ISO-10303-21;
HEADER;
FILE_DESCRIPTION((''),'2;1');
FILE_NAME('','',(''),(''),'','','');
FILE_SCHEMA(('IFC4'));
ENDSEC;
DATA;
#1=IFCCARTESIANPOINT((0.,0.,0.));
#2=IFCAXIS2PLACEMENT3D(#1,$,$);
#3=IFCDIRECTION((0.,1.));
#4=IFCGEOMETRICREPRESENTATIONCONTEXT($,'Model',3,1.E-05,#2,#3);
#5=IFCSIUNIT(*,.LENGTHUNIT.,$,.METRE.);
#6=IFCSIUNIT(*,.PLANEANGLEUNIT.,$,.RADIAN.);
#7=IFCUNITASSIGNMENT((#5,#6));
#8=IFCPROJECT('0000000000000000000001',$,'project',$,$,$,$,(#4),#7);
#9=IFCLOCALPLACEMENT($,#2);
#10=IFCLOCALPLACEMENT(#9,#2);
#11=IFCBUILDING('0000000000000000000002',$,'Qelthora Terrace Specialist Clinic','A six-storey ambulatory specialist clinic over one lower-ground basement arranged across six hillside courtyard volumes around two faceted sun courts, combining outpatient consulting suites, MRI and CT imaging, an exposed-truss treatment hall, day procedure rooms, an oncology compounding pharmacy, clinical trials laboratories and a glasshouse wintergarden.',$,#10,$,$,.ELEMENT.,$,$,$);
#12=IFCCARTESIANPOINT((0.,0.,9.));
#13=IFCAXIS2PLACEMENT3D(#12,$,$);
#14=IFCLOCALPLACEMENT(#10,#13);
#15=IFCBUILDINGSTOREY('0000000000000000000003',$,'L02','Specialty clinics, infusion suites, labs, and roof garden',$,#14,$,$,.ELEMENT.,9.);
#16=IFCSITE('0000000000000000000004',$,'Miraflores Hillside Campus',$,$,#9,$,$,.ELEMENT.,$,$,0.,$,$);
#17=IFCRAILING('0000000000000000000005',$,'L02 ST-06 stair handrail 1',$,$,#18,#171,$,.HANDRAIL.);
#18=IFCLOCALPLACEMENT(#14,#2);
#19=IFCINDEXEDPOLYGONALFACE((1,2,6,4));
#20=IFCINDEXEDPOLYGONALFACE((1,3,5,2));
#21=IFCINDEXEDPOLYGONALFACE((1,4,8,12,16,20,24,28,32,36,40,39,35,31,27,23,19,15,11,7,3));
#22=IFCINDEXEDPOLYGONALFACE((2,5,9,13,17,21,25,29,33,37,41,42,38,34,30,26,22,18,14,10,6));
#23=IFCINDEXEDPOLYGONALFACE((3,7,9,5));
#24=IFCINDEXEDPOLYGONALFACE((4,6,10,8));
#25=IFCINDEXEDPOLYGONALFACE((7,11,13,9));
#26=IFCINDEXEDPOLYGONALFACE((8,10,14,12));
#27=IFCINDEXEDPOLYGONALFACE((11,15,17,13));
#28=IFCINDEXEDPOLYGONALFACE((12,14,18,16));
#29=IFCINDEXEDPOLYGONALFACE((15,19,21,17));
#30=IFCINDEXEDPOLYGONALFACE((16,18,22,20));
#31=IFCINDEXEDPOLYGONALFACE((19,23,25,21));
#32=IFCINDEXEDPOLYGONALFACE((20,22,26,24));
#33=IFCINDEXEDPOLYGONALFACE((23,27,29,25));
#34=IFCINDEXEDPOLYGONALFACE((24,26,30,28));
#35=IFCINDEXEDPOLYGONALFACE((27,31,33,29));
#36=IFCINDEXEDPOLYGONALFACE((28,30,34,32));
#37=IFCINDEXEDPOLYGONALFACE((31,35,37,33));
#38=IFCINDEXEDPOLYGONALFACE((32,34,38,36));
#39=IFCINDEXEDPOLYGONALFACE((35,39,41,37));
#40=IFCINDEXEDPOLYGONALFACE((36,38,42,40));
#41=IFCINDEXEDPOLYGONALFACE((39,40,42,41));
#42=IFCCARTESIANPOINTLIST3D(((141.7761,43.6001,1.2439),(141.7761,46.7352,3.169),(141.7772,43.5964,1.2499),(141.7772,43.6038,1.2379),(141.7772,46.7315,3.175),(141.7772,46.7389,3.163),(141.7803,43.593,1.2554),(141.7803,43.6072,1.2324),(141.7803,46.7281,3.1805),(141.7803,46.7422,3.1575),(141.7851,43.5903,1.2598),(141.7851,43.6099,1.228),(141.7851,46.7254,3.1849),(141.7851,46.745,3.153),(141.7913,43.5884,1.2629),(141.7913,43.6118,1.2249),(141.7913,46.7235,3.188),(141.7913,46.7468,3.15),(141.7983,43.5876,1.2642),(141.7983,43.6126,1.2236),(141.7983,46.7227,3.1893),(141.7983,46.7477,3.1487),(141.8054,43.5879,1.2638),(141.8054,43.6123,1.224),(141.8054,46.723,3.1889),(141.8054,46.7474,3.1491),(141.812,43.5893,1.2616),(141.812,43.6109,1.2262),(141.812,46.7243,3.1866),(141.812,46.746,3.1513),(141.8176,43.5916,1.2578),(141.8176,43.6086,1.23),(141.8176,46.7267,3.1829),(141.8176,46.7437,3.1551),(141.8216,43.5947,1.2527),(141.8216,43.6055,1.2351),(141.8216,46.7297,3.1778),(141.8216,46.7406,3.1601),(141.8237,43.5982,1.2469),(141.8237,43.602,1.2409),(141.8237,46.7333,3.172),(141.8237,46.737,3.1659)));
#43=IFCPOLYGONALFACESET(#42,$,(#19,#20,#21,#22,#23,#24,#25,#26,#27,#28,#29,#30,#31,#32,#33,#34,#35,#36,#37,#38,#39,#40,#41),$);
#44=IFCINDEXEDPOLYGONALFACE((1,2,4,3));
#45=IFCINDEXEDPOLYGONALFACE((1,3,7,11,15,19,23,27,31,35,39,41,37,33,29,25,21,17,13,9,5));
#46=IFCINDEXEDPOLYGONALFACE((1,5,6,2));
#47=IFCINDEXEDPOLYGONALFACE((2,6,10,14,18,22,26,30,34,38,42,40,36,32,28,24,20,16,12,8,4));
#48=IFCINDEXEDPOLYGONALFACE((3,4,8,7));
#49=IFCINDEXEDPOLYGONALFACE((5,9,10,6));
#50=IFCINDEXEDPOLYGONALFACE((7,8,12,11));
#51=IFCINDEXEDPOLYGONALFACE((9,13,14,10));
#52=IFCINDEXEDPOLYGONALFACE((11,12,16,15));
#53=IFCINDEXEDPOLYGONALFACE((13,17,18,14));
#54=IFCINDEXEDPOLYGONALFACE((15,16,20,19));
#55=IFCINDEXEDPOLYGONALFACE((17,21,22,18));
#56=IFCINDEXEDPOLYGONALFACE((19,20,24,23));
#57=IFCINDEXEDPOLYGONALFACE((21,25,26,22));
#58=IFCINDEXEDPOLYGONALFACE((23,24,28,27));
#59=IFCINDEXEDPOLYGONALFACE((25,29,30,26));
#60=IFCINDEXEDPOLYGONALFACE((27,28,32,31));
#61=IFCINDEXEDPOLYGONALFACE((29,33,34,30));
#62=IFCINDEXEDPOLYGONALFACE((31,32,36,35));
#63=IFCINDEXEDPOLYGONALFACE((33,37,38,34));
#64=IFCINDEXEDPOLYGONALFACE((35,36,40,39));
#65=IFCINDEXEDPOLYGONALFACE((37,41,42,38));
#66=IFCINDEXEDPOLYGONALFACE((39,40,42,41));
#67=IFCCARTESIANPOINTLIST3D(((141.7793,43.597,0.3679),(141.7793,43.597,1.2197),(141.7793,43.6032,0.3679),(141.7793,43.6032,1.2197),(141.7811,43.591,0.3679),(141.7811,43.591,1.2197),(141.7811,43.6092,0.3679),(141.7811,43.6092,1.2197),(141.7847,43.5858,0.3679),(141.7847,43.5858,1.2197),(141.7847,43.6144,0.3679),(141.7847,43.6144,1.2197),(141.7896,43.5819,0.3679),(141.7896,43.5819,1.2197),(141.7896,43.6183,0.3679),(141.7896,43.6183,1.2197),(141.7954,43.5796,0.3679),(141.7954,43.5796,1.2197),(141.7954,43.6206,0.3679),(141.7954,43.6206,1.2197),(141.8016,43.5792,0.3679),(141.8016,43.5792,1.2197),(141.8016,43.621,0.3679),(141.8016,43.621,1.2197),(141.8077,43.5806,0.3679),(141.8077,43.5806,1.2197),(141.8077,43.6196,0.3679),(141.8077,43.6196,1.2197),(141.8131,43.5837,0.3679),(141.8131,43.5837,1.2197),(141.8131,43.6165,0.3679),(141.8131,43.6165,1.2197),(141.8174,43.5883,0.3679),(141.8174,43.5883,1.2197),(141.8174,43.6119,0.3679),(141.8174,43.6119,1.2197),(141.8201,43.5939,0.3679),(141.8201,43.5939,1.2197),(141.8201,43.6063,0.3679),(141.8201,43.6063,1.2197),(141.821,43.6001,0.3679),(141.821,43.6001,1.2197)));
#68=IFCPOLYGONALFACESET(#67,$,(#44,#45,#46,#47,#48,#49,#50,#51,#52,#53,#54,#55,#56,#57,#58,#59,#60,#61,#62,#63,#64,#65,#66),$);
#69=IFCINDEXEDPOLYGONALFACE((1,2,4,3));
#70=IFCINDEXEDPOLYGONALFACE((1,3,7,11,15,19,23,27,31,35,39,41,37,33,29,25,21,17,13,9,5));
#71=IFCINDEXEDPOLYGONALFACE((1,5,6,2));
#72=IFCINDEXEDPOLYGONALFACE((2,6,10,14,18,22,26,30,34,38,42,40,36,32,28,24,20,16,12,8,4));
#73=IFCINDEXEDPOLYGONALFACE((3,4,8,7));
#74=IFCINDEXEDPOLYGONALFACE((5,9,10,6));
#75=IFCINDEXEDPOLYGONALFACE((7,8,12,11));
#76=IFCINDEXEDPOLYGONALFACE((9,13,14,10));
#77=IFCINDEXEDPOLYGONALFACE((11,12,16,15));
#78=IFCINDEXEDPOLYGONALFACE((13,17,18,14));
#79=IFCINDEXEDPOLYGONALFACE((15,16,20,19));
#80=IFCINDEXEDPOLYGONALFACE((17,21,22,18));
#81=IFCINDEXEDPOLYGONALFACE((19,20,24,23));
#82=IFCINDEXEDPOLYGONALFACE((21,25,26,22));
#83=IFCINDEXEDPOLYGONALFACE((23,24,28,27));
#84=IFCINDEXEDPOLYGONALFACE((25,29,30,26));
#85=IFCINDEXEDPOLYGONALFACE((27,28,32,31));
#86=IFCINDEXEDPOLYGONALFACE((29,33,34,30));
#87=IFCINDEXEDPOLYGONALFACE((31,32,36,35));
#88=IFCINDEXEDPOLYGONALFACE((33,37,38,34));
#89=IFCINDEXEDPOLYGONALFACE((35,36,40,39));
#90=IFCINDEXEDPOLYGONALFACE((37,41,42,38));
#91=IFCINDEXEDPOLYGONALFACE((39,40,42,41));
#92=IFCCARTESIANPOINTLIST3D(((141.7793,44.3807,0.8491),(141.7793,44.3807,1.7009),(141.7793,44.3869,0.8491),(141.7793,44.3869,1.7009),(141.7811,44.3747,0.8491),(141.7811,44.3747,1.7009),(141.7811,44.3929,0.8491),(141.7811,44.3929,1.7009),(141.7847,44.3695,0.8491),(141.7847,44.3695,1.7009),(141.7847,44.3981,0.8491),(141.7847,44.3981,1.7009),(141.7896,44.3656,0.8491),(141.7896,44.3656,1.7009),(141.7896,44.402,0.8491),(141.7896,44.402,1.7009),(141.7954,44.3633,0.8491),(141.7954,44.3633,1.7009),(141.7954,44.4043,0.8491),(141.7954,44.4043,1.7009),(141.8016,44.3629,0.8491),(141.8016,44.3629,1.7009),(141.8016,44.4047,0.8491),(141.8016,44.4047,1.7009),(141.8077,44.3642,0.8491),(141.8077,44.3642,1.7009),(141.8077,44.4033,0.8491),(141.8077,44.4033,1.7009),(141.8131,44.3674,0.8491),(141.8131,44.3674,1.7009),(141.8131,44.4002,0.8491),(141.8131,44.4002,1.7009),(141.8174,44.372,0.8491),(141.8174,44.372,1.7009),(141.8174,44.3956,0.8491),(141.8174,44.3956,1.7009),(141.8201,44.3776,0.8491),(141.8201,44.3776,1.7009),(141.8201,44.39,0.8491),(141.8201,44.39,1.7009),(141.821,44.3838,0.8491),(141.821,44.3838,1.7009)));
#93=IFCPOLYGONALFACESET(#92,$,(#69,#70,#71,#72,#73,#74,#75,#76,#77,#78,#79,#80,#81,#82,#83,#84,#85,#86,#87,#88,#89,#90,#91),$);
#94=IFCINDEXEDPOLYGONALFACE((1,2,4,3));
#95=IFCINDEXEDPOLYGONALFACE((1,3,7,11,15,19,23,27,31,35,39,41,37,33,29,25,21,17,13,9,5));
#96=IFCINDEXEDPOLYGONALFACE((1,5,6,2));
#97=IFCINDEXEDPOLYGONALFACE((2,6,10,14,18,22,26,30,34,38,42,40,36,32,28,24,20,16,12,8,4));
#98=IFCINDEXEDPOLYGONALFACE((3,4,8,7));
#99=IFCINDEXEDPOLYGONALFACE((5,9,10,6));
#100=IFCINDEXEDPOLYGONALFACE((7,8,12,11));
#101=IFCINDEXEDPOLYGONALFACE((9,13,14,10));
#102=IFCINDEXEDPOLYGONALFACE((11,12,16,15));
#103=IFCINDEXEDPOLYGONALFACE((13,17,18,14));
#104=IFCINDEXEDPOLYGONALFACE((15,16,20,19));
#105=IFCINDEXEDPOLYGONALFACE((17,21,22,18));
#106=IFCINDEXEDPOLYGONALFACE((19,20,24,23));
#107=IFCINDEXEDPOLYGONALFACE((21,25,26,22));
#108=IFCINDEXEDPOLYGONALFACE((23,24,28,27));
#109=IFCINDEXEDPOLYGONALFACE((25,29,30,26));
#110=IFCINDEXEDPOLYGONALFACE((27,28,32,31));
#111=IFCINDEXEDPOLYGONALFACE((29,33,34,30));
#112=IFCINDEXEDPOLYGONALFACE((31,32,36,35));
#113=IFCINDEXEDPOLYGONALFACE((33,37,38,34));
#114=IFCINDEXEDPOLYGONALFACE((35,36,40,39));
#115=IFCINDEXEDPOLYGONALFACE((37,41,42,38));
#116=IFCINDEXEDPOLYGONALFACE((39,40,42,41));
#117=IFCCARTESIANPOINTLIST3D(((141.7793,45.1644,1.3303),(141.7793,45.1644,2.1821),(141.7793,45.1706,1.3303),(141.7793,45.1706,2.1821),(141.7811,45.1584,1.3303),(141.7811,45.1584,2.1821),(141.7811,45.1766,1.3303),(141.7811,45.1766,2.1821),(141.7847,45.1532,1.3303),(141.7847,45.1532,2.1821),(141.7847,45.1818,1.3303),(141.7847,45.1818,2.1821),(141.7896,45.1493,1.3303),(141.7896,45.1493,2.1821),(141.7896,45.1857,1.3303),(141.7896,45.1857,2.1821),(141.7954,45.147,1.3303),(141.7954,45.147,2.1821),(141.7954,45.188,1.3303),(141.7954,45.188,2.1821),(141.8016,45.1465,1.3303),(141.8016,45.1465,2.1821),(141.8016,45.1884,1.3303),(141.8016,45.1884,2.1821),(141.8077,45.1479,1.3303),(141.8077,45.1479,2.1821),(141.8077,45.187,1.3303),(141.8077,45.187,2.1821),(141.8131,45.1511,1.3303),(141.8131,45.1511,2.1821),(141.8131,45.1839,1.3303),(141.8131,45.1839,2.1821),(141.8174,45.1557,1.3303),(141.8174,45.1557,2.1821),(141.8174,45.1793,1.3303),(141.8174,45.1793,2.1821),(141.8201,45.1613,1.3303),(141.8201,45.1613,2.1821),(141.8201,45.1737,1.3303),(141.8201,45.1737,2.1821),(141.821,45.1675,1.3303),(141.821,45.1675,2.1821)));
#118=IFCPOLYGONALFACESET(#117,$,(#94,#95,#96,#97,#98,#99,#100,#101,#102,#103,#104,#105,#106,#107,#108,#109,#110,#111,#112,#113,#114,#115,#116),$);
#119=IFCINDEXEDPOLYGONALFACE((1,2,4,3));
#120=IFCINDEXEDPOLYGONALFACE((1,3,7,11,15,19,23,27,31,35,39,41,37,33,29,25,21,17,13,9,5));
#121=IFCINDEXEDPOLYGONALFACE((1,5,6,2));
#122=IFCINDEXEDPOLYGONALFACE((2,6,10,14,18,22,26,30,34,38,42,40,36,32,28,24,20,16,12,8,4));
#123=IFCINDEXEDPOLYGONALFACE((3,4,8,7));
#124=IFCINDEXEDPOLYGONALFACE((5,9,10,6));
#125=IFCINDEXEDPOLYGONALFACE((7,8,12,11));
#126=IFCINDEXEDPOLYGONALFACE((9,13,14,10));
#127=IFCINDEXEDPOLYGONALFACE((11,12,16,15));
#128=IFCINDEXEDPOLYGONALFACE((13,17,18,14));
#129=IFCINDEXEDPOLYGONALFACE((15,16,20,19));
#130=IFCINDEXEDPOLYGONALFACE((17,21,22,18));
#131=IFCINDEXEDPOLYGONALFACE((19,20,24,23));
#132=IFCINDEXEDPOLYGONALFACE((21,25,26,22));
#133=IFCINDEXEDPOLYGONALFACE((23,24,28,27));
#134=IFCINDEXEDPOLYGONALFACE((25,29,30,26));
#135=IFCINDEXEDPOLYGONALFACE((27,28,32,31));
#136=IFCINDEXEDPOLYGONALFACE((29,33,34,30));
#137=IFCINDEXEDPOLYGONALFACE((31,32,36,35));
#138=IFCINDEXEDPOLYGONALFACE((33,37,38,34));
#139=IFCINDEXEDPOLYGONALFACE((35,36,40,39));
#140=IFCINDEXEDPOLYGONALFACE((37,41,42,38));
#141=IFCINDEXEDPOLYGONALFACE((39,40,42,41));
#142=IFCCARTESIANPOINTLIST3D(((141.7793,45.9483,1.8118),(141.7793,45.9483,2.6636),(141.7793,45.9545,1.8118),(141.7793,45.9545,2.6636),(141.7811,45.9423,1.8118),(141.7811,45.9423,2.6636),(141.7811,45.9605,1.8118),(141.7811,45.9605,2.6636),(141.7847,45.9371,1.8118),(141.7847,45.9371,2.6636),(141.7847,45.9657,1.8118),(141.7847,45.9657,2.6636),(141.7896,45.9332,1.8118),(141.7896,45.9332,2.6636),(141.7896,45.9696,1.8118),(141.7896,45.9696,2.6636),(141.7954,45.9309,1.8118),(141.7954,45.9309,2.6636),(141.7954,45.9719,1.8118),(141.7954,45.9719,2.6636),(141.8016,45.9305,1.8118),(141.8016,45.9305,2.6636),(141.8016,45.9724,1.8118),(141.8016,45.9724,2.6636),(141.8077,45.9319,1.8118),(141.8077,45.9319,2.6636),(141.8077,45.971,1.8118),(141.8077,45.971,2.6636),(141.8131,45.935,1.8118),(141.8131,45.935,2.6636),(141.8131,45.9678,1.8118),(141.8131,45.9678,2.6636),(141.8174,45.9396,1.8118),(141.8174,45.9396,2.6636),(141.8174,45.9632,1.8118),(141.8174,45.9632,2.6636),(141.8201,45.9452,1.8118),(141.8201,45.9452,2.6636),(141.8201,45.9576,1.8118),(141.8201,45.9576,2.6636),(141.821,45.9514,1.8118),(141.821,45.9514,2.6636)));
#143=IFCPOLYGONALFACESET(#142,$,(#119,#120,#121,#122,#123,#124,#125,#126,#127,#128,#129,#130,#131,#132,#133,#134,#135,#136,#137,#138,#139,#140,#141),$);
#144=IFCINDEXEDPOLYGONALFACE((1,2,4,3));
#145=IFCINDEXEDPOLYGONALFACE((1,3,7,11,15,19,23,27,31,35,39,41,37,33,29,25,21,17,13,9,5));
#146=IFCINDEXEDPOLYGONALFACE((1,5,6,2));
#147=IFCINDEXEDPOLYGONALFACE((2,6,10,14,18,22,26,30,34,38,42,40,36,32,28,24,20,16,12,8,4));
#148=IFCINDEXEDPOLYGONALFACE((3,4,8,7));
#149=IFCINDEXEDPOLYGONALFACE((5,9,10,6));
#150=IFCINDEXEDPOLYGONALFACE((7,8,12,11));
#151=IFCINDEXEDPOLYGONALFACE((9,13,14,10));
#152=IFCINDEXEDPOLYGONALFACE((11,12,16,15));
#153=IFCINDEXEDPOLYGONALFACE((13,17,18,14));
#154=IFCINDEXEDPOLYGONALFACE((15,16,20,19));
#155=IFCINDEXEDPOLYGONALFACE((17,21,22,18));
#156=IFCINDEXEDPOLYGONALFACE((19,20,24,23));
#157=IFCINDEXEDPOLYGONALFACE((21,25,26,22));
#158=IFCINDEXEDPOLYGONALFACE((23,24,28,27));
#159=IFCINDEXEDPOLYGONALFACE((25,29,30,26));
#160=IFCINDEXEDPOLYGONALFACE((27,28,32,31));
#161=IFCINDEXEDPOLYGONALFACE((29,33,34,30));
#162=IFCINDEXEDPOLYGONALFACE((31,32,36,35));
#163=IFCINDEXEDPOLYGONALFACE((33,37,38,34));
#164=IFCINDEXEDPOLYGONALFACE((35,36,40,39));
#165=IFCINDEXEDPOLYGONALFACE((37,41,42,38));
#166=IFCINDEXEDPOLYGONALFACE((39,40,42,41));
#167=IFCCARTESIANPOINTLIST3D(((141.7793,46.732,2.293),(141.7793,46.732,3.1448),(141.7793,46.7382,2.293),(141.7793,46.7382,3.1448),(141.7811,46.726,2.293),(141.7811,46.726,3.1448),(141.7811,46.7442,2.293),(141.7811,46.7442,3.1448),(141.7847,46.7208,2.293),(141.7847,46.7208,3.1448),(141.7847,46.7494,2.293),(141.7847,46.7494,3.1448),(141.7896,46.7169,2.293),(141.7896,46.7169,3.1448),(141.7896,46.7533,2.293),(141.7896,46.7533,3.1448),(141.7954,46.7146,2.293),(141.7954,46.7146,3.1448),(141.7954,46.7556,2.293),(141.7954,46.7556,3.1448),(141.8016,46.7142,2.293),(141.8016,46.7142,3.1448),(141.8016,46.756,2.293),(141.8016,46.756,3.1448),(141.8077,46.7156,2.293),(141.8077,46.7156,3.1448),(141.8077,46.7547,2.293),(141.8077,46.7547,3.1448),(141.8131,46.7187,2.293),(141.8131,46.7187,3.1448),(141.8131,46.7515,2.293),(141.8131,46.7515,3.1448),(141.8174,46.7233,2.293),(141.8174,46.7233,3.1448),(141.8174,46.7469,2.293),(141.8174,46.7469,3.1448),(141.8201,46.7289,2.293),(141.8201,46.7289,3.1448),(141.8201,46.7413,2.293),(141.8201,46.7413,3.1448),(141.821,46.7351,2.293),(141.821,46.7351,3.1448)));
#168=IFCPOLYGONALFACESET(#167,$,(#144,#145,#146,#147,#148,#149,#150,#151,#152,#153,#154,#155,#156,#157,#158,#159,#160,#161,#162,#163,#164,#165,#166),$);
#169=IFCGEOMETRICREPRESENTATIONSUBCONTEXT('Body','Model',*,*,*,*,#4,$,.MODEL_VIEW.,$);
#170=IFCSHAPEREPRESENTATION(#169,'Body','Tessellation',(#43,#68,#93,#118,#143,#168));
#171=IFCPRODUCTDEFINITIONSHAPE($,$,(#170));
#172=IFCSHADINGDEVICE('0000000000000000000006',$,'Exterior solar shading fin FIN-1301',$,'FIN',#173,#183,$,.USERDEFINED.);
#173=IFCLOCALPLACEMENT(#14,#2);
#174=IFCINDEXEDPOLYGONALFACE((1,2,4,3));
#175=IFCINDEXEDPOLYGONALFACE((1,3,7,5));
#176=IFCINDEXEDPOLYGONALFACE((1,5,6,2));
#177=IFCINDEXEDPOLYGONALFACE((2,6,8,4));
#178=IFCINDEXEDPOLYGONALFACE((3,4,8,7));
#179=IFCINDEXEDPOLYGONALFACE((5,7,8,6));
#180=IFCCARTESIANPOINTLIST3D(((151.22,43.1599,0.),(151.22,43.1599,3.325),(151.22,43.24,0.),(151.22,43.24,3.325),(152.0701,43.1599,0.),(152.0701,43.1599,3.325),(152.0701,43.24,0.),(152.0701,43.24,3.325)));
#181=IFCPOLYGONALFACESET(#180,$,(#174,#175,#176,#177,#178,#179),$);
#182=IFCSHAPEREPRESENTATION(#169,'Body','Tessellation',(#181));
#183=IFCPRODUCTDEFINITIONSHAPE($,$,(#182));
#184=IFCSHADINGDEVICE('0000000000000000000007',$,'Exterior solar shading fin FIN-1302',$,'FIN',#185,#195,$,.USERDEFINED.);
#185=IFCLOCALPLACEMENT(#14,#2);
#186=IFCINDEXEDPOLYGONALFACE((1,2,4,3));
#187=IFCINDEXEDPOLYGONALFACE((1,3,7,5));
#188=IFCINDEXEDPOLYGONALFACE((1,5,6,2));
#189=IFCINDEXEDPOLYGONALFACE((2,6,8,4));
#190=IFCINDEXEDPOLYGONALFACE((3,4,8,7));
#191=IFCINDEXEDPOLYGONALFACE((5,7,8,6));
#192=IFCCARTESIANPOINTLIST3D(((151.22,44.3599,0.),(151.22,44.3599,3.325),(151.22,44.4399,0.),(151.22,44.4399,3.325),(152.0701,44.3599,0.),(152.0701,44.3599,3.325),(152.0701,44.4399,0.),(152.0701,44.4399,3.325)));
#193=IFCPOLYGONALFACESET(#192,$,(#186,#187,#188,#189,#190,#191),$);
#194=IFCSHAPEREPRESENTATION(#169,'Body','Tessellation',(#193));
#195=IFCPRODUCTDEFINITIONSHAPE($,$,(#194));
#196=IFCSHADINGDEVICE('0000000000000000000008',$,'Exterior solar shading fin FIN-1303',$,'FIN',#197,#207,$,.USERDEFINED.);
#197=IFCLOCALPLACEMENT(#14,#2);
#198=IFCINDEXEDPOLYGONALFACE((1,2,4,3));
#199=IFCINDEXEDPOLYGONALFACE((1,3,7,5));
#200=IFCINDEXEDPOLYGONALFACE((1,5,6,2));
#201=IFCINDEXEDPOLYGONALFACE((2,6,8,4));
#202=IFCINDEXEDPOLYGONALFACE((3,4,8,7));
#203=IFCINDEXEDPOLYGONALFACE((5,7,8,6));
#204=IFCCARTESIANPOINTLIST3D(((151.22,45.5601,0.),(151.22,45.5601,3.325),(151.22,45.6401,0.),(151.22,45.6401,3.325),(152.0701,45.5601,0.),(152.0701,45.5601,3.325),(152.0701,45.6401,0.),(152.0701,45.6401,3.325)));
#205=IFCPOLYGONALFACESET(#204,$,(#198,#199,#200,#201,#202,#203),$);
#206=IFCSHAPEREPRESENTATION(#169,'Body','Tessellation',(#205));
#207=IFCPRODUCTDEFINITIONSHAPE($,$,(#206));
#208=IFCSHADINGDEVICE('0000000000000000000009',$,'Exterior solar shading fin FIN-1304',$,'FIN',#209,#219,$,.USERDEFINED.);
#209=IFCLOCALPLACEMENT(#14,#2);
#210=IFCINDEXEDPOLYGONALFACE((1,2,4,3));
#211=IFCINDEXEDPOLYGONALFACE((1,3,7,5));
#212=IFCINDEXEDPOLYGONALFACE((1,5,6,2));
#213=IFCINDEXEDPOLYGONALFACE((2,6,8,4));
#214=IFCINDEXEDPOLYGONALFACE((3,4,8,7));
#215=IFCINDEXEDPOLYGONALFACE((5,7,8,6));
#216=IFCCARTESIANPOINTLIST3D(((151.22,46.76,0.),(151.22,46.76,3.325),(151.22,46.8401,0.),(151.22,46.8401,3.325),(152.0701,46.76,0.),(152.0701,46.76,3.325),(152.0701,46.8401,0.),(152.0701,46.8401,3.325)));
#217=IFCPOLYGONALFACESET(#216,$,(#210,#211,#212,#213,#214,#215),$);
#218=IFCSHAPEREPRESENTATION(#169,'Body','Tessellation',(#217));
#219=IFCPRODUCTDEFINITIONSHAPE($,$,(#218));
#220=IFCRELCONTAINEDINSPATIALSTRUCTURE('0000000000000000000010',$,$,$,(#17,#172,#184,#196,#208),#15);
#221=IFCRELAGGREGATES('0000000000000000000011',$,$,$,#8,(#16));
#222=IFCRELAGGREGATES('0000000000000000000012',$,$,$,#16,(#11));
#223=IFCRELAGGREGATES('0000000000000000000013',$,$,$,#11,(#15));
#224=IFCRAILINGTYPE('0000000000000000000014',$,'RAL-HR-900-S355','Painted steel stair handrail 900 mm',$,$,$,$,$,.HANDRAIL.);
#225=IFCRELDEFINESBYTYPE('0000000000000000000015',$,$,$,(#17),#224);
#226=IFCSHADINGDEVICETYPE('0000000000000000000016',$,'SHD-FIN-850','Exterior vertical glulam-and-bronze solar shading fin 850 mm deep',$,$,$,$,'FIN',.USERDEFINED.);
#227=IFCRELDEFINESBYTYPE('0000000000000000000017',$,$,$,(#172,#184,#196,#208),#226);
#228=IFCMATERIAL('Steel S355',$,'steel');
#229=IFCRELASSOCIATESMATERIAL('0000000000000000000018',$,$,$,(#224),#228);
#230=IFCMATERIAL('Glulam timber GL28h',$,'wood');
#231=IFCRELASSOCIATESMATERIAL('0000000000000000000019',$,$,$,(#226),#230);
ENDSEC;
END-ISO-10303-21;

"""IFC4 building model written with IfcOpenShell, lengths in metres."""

from ifc_helpers import new_model, si_unit, direction, frame, origin, origin_2d, place, context, subcontext, project, spatial, rectangle, circle, extrude, material, type_object, element, save


model = new_model("IFC4")

# Units and contexts
model_context = context("Model", 3, precision=1e-05, world=origin(), true_north=direction((0.0, 1.0)))
body_context = subcontext(model_context, "Body", "Model", "MODEL_VIEW")
ifc_project = project(units=[si_unit("LENGTHUNIT", "METRE"), si_unit("PLANEANGLEUNIT", "RADIAN")], contexts=[model_context])

# Site, building, storey
site_placement = place(None, origin())
site = spatial("IfcSite", under=ifc_project, at=site_placement, Name="Miraflores Hillside Campus", CompositionType="ELEMENT", RefElevation=0.0)
building_placement = place(site_placement, origin())
building = spatial("IfcBuilding", under=site, at=building_placement, Name="Qelthora Terrace Specialist Clinic", Description="A six-storey ambulatory specialist clinic over one lower-ground basement arranged across six hillside courtyard volumes around two faceted sun courts, combining outpatient consulting suites, MRI and CT imaging, an exposed-truss treatment hall, day procedure rooms, an oncology compounding pharmacy, clinical trials laboratories and a glasshouse wintergarden.", CompositionType="ELEMENT")
storey_placement = place(building_placement, frame((0.0, 0.0, 9.0)))
storey = spatial("IfcBuildingStorey", under=building, at=storey_placement, Name="L02", Description="Specialty clinics, infusion suites, labs, and roof garden", CompositionType="ELEMENT", Elevation=9.0)

# Shared definitions
ifc_material_1 = material(Name="Steel S355", Category="steel")

# Shared definitions
ifc_material_2 = material(Name="Glulam timber GL28h", Category="wood")

# Railing
railing_type_1 = type_object("IfcRailingType", Name="RAL-HR-900-S355", Description="Painted steel stair handrail 900 mm", PredefinedType="HANDRAIL", material=ifc_material_1)
railing_1_placement = place(storey_placement, frame((141.8, 43.6001, 0.3679)))
element("IfcRailing", 1, at=railing_1_placement, inside=storey, type_object=railing_type_1, Name="L02 ST-06 stair handrail 1", PredefinedType="HANDRAIL", context=body_context, shape_type="SweptSolid", body=[
    extrude(circle(Radius=0.0239, at=origin_2d()), frame((0.0, 0.0, 0.876), z_axis=(0.0, 0.852166, 0.523271), x_axis=(-1.0, 0.0, 0.0)), (0.0, 0.0, 1.0), 3.679),
    extrude(circle(Radius=0.021, at=origin_2d()), origin(), (0.0, 0.0, 1.0), 0.8518),
    extrude(circle(Radius=0.021, at=origin_2d()), frame((0.0, 0.7837, 0.4812)), (0.0, 0.0, 1.0), 0.8518),
    extrude(circle(Radius=0.021, at=origin_2d()), frame((0.0, 1.5674, 0.9624)), (0.0, 0.0, 1.0), 0.8518),
    extrude(circle(Radius=0.021, at=origin_2d()), frame((0.0, 2.3513, 1.4438)), (0.0, 0.0, 1.0), 0.8518),
    extrude(circle(Radius=0.021, at=origin_2d()), frame((0.0, 3.135, 1.925)), (0.0, 0.0, 1.0), 0.8518),
])

# Shading devices
shading_device_type = type_object("IfcShadingDeviceType", Name="SHD-FIN-850", Description="Exterior vertical glulam-and-bronze solar shading fin 850 mm deep", ElementType="FIN", PredefinedType="USERDEFINED", material=ifc_material_2)
for number, where, z_axis, x_axis, name in (
    (2, (151.645, 43.2, 0.0), (0.0, 0.0, 1.0), (1.0, 0.0, 0.0), "Exterior solar shading fin FIN-1301"),
    (3, (151.645, 44.3999, 0.0), (0.0, 0.0, 1.0), (1.0, 0.0, 0.0), "Exterior solar shading fin FIN-1302"),
    (4, (151.645, 45.6001, 0.0), (0.0, 0.0, 1.0), (1.0, 0.0, 0.0), "Exterior solar shading fin FIN-1303"),
    (5, (151.645, 46.8, 0.0), (0.0, 0.0, 1.0), (1.0, 0.0, 0.0), "Exterior solar shading fin FIN-1304"),
):
    element("IfcShadingDevice", number, at=place(storey_placement, frame(where, z_axis=z_axis, x_axis=x_axis)), inside=storey, type_object=shading_device_type, Name=name, ObjectType="FIN", PredefinedType="USERDEFINED", context=body_context, shape_type="SweptSolid", body=[
        extrude(rectangle(XDim=0.8501, YDim=0.0801, at=origin_2d()), origin(), (0.0, 0.0, 1.0), 3.325),
    ])

save(model, "model.ifc")
